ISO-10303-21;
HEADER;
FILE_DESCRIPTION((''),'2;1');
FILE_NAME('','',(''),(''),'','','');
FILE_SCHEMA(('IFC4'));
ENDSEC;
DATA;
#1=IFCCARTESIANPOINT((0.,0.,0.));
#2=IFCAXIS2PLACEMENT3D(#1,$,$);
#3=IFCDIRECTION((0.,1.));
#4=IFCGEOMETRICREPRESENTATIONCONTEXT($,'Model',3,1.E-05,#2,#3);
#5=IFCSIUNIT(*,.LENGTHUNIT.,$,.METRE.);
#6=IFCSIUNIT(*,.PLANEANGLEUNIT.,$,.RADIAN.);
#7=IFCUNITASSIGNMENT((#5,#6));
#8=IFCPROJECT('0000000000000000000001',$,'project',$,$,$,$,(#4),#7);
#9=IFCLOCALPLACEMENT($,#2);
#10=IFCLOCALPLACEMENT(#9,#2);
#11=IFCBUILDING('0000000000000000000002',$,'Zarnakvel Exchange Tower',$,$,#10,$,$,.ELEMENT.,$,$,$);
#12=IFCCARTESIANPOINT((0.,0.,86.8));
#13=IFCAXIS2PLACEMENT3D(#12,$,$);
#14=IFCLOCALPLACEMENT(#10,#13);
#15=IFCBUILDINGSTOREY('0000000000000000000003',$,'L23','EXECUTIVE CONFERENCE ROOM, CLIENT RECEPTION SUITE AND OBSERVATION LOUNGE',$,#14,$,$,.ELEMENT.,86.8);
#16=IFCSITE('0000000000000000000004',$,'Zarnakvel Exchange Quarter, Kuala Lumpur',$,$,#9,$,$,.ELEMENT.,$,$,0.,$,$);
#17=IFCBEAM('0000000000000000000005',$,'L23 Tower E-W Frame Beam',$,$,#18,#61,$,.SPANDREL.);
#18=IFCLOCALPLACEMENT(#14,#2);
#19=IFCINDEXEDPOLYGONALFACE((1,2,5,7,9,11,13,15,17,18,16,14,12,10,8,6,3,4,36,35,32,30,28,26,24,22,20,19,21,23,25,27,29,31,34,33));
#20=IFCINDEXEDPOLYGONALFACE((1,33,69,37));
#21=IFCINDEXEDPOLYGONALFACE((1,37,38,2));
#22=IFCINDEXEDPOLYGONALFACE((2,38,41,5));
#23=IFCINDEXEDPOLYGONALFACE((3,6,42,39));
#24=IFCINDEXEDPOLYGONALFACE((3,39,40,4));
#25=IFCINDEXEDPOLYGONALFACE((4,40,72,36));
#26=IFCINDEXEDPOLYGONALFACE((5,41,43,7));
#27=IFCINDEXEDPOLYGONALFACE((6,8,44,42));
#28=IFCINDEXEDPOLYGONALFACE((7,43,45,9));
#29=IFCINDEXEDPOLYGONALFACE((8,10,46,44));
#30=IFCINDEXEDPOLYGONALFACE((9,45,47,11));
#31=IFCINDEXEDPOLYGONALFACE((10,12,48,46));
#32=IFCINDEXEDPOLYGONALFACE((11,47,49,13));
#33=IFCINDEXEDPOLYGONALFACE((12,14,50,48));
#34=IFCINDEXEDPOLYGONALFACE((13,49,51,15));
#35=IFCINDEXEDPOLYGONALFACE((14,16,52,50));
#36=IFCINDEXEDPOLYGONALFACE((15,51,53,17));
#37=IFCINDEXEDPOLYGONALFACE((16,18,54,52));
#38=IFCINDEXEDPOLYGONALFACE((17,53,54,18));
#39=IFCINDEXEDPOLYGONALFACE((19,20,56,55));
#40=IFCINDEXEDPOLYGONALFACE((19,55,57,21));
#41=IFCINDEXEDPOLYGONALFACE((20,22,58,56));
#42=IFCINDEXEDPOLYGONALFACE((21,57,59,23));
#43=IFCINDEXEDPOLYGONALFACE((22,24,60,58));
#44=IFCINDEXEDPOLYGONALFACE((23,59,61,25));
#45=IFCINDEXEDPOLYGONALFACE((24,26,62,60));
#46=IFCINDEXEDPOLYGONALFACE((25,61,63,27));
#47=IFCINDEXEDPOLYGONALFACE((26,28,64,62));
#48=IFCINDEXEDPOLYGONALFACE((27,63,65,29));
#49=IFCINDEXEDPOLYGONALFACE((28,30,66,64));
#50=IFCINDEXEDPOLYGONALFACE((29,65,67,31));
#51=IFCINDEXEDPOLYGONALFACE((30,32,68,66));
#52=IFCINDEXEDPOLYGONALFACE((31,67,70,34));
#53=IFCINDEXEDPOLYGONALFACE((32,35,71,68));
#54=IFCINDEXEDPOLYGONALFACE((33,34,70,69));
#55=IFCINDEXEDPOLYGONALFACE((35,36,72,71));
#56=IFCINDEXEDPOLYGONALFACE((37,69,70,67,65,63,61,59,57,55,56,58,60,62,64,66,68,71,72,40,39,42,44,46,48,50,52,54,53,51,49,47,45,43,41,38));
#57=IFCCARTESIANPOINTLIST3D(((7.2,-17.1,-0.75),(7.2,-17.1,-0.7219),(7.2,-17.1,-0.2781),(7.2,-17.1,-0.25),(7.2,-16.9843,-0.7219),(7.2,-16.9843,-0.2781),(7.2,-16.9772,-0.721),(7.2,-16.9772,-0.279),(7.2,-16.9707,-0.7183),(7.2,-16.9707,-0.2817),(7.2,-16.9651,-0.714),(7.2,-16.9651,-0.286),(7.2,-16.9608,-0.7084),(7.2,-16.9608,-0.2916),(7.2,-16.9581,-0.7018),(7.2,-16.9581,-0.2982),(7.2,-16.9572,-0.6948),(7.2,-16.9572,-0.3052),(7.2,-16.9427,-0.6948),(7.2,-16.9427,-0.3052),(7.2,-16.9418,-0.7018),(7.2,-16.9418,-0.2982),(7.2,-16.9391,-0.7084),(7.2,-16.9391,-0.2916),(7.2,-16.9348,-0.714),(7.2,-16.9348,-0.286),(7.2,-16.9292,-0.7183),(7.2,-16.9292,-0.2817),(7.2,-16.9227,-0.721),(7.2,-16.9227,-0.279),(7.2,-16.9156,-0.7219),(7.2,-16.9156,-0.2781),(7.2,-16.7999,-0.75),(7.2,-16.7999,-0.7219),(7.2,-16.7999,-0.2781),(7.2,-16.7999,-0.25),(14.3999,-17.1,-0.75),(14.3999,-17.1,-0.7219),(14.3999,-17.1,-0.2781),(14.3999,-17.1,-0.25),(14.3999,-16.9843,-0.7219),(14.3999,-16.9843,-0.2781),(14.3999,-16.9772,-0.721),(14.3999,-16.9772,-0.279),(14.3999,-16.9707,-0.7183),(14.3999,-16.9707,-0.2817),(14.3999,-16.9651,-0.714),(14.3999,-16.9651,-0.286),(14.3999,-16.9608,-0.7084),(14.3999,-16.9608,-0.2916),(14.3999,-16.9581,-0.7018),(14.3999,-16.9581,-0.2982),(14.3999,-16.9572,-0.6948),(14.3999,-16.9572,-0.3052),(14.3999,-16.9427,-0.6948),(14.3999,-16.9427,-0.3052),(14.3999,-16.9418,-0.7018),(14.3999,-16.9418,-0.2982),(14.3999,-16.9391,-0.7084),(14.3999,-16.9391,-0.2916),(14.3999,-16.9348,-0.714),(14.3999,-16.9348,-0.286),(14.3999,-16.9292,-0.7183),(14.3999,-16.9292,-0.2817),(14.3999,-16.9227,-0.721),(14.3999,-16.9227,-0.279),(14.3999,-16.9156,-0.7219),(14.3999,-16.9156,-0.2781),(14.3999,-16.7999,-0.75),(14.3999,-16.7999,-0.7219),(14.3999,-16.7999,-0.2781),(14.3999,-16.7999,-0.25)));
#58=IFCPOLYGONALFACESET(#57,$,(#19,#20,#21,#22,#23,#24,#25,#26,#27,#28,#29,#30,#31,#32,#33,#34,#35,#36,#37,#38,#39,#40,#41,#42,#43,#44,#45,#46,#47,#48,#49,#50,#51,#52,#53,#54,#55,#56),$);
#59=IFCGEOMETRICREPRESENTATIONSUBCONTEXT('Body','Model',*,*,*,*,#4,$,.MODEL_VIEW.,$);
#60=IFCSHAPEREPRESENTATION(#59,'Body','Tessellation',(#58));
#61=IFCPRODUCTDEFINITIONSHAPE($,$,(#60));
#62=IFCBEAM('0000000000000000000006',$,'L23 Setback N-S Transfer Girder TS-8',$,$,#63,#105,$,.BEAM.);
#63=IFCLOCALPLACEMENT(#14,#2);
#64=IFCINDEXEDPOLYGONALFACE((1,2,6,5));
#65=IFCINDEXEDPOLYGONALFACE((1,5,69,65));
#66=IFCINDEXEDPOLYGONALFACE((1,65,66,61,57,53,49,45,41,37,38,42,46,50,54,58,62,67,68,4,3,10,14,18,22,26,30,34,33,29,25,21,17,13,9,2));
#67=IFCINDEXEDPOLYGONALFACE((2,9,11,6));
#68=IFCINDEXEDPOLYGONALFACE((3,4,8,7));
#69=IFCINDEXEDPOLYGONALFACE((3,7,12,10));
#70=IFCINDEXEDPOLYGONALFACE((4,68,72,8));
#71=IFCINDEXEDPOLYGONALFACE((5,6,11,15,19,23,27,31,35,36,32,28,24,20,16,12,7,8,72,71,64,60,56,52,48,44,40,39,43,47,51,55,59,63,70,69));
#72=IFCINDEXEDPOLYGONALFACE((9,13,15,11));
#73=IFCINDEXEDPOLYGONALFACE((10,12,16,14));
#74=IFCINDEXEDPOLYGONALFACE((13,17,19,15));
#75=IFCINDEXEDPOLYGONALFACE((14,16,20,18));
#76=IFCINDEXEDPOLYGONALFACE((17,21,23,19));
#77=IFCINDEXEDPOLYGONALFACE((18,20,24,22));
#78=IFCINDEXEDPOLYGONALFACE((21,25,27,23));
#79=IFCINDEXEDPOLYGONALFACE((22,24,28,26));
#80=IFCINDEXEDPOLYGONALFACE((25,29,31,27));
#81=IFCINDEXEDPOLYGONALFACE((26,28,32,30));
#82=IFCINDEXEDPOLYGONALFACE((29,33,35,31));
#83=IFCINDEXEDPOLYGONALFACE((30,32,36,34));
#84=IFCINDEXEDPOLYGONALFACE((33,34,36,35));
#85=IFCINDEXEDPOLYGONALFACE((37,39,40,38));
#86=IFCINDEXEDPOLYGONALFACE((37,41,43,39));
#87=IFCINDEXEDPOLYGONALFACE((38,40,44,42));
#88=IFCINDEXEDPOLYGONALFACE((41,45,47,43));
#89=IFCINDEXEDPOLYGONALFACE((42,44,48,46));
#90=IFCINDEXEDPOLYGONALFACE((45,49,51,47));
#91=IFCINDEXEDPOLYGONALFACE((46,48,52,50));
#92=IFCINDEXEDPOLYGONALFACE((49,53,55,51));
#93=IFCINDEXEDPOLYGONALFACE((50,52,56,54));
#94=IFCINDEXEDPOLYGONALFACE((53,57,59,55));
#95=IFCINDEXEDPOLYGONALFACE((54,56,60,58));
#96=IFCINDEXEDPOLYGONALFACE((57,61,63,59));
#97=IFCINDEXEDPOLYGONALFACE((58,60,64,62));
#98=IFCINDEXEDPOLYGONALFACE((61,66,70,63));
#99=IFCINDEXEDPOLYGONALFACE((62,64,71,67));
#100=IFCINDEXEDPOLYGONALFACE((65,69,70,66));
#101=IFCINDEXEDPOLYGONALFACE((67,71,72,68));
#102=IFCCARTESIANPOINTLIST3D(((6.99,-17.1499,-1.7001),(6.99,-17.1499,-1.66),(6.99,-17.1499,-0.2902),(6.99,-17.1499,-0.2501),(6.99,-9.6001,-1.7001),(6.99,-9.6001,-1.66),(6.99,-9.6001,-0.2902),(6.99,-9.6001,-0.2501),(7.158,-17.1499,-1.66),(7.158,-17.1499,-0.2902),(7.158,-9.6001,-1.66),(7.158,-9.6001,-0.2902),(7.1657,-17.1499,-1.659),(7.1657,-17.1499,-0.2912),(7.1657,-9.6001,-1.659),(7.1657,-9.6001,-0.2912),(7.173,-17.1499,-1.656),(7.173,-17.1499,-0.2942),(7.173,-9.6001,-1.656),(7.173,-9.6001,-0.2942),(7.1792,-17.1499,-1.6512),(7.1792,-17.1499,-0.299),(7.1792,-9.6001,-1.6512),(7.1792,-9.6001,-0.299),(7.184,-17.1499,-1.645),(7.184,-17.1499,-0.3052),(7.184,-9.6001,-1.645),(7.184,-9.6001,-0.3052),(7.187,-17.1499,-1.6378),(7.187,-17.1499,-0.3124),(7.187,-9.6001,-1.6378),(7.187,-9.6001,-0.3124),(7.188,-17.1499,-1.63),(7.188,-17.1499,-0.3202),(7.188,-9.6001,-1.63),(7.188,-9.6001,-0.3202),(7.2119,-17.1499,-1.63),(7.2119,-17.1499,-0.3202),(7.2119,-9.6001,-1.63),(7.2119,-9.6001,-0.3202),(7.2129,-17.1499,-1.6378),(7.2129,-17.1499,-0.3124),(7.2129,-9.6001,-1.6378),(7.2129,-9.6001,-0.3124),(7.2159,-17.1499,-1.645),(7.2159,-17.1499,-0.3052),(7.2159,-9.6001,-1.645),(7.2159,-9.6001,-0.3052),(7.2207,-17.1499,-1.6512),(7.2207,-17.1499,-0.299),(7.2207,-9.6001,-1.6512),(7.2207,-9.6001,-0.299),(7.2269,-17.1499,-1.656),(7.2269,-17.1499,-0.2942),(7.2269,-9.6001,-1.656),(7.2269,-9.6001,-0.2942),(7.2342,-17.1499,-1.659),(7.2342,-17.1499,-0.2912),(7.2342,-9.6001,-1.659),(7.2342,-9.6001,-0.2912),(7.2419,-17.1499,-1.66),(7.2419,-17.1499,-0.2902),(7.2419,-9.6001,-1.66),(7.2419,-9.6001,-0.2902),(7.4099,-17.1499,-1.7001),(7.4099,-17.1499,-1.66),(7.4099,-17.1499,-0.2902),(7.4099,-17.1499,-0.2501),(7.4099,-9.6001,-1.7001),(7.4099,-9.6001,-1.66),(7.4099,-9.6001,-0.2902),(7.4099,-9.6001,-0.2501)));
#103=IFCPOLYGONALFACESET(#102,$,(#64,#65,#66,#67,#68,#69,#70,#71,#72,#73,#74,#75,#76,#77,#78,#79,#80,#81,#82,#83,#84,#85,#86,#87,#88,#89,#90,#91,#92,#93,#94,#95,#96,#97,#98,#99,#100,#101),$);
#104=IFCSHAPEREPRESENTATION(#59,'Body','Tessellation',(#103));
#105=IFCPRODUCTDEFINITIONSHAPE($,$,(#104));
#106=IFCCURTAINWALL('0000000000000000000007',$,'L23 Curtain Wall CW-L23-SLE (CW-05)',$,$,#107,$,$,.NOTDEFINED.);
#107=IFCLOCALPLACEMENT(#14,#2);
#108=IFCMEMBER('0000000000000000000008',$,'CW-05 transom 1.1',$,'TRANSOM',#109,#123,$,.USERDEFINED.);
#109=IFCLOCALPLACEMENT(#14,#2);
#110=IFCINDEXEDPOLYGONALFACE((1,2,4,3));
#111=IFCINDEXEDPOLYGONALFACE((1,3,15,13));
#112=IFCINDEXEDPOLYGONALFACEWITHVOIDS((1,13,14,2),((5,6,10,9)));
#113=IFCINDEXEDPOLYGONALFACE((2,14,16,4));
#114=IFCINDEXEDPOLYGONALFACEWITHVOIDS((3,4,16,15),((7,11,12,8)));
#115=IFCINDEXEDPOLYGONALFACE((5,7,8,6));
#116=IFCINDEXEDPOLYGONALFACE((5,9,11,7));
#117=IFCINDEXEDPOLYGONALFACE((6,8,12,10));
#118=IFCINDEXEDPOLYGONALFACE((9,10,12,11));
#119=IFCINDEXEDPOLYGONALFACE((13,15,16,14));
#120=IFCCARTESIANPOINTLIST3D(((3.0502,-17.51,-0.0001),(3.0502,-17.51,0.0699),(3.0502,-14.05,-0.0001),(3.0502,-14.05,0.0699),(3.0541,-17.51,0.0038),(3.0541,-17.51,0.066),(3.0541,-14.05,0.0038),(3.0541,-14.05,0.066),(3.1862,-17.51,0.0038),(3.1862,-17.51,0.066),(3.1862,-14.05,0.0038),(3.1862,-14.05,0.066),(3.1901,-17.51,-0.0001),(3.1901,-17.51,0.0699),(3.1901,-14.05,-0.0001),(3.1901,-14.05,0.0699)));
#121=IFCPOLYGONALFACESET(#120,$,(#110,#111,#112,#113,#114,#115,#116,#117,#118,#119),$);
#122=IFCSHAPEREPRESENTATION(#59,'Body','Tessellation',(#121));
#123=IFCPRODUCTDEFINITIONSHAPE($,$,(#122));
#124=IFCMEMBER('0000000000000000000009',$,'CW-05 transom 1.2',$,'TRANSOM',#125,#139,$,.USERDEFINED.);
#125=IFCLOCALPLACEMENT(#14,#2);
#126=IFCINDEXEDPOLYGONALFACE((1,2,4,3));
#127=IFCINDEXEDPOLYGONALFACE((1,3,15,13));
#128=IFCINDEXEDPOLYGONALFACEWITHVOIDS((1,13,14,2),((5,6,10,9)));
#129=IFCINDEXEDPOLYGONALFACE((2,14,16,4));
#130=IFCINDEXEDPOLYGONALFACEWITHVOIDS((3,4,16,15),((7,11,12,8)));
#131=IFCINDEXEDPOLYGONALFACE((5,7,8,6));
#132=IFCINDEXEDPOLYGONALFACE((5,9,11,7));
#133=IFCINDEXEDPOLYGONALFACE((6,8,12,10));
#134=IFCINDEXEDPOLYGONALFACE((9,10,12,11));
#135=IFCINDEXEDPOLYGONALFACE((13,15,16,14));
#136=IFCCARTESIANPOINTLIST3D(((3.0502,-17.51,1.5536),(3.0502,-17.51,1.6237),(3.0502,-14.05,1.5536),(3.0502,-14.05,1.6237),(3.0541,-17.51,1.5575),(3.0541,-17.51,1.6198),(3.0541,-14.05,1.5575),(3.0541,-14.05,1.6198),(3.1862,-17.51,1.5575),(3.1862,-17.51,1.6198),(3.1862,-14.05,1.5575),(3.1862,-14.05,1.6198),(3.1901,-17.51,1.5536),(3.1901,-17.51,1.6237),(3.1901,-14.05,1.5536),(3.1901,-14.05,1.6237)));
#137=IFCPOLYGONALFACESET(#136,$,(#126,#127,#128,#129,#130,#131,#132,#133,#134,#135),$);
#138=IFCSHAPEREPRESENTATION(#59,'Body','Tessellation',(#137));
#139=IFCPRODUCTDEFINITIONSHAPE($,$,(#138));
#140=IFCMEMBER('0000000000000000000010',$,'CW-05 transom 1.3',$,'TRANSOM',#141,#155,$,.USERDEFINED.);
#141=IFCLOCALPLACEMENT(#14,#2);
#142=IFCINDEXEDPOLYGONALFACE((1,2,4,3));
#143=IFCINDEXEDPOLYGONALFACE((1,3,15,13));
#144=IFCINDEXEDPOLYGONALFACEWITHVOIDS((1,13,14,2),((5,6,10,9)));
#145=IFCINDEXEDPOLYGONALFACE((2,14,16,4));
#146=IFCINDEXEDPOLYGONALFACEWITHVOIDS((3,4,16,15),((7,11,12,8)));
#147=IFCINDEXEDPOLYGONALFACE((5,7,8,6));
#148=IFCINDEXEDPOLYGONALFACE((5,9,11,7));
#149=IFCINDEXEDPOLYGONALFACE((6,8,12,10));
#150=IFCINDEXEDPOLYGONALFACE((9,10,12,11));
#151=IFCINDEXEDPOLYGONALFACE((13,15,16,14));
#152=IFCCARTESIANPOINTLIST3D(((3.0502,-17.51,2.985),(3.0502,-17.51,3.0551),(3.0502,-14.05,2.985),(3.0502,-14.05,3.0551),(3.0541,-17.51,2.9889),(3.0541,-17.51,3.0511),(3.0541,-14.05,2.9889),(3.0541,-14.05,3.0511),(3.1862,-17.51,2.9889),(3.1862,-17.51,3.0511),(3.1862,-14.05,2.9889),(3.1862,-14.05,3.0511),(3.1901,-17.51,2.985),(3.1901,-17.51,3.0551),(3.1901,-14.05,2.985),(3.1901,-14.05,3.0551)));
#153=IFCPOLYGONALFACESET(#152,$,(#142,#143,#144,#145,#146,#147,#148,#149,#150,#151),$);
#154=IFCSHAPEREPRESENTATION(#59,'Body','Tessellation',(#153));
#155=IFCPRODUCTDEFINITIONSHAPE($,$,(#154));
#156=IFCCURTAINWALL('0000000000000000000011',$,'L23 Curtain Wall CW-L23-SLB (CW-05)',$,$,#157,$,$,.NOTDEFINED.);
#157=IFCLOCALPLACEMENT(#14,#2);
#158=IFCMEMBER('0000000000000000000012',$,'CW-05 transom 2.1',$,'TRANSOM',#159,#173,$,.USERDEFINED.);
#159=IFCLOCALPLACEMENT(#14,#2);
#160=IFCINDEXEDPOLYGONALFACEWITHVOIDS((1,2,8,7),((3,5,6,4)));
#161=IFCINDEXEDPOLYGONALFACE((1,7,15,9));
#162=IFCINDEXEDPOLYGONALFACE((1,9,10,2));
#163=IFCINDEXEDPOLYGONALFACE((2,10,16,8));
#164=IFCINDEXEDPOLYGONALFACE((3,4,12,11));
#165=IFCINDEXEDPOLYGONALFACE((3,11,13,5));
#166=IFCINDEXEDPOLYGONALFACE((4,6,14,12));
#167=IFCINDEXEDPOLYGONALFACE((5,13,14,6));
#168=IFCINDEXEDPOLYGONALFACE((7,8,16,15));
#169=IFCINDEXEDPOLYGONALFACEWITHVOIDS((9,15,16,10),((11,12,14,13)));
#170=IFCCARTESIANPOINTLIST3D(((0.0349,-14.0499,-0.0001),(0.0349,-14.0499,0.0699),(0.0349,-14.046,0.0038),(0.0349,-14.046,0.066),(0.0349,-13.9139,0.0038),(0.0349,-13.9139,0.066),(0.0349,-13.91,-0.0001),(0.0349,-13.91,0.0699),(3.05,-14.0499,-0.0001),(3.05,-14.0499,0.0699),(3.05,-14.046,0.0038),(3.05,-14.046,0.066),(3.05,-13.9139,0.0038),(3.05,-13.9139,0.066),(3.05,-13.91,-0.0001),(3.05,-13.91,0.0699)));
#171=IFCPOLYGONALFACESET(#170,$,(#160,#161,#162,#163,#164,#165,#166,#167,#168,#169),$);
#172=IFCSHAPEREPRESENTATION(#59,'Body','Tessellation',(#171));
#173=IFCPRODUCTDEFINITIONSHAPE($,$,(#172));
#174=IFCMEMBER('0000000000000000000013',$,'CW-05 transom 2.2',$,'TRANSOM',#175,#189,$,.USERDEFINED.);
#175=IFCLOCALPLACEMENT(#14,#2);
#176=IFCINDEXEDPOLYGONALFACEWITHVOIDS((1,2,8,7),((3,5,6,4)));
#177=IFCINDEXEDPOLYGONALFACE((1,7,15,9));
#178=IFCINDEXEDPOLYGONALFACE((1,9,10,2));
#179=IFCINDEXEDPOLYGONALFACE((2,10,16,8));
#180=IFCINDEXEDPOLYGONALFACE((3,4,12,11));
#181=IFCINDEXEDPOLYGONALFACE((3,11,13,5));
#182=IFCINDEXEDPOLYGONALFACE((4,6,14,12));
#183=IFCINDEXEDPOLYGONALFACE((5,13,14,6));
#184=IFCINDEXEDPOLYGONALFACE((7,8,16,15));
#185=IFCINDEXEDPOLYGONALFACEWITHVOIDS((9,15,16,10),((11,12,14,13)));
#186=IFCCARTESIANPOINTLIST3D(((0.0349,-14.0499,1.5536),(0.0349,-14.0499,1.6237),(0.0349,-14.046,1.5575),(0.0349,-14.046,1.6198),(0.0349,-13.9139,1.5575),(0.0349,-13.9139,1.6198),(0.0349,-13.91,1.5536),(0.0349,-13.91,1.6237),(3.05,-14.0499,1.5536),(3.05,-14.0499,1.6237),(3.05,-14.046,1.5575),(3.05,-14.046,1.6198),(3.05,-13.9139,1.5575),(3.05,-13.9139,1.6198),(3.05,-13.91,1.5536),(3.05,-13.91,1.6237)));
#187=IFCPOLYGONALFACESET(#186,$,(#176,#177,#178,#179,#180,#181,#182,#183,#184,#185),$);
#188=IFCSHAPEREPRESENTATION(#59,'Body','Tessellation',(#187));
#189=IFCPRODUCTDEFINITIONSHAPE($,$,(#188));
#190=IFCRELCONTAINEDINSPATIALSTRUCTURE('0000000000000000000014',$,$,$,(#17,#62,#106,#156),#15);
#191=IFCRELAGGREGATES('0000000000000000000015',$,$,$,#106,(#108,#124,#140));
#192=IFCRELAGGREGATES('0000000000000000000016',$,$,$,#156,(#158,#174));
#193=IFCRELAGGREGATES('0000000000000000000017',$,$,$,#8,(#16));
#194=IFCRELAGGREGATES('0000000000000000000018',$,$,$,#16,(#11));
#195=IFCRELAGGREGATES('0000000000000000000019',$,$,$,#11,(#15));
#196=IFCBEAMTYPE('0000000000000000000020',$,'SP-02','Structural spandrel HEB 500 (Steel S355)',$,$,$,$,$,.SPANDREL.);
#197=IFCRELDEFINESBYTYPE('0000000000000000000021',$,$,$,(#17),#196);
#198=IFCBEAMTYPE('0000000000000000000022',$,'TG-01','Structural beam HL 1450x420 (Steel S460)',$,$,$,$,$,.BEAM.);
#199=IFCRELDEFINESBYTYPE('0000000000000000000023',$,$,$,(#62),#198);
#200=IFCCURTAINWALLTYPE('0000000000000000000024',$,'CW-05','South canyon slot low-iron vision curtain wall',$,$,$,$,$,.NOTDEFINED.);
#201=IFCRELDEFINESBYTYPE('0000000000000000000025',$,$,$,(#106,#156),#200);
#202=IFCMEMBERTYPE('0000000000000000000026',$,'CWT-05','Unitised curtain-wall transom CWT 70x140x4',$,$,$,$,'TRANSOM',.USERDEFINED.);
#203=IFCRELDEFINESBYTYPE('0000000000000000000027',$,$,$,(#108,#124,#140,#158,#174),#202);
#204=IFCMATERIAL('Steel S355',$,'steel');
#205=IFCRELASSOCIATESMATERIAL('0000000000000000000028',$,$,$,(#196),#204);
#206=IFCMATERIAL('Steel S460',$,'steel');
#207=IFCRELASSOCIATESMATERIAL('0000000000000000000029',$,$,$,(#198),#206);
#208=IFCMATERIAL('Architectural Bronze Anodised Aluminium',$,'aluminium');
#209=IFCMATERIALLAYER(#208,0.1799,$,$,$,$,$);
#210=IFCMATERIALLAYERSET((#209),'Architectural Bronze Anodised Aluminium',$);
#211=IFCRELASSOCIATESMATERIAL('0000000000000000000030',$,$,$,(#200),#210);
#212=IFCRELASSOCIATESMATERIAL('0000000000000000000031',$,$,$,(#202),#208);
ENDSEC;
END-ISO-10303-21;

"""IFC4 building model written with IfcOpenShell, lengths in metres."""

from ifc_helpers import new_model, si_unit, direction, frame, origin, origin_2d, place, context, subcontext, project, spatial, hollow_rectangle, i_section, extrude, source, transform, mapped, material, layer, layer_set, material_profile, profile_set, type_object, element, aggregate, save


model = new_model("IFC4")

# Units and contexts
model_context = context("Model", 3, precision=1e-05, world=origin(), true_north=direction((0.0, 1.0)))
body_context = subcontext(model_context, "Body", "Model", "MODEL_VIEW")
ifc_project = project(units=[si_unit("LENGTHUNIT", "METRE"), si_unit("PLANEANGLEUNIT", "RADIAN")], contexts=[model_context])

# Site, building, storey
site_placement = place(None, origin())
site = spatial("IfcSite", under=ifc_project, at=site_placement, Name="Zarnakvel Exchange Quarter, Kuala Lumpur", CompositionType="ELEMENT", RefElevation=0.0)
building_placement = place(site_placement, origin())
building = spatial("IfcBuilding", under=site, at=building_placement, Name="Zarnakvel Exchange Tower", CompositionType="ELEMENT")
storey_placement = place(building_placement, frame((0.0, 0.0, 86.8)))
storey = spatial("IfcBuildingStorey", under=building, at=storey_placement, Name="L23", Description="EXECUTIVE CONFERENCE ROOM, CLIENT RECEPTION SUITE AND OBSERVATION LOUNGE", CompositionType="ELEMENT", Elevation=86.8)

# Beams
ifc_material_1 = material(Name="Steel S355", Category="steel")
ifc_material_profile_1 = material_profile(ifc_material_1, i_section(OverallWidth=0.3, OverallDepth=0.5, WebThickness=0.0144, FlangeThickness=0.0281, FilletRadius=0.0271, at=origin_2d()))
ifc_profile_set_1 = profile_set([ifc_material_profile_1], Name="Steel S355")
beam_type_1 = type_object("IfcBeamType", Name="SP-02", Description="Structural spandrel HEB 500 (Steel S355)", PredefinedType="SPANDREL", material=ifc_profile_set_1)
beam_1_placement = place(storey_placement, frame((7.2, -16.95, -0.5), z_axis=(1.0, 0.0, 0.0), x_axis=(0.0, 1.0, 0.0)))
element("IfcBeam", 1, at=beam_1_placement, inside=storey, type_object=beam_type_1, Name="L23 Tower E-W Frame Beam", PredefinedType="SPANDREL", context=body_context, shape_type="SweptSolid", body=[
    extrude(i_section(OverallWidth=0.3, OverallDepth=0.5, WebThickness=0.0144, FlangeThickness=0.0281, FilletRadius=0.0271, at=origin_2d()), origin(), (0.0, 0.0, 1.0), 7.2),
])
ifc_material_2 = material(Name="Steel S460", Category="steel")
ifc_material_profile_2 = material_profile(ifc_material_2, i_section(OverallWidth=0.4199, OverallDepth=1.45, WebThickness=0.0239, FlangeThickness=0.04, FilletRadius=0.03, at=origin_2d()))
ifc_profile_set_2 = profile_set([ifc_material_profile_2], Name="Steel S460")
beam_type_2 = type_object("IfcBeamType", Name="TG-01", Description="Structural beam HL 1450x420 (Steel S460)", PredefinedType="BEAM", material=ifc_profile_set_2)
beam_2_placement = place(storey_placement, frame((7.2, -17.1499, -0.9751), z_axis=(0.0, 1.0, 0.0), x_axis=(-1.0, 0.0, 0.0)))
element("IfcBeam", 2, at=beam_2_placement, inside=storey, type_object=beam_type_2, Name="L23 Setback N-S Transfer Girder TS-8", PredefinedType="BEAM", context=body_context, shape_type="SweptSolid", body=[
    extrude(i_section(OverallWidth=0.4199, OverallDepth=1.45, WebThickness=0.0239, FlangeThickness=0.04, FilletRadius=0.03, at=origin_2d()), origin(), (0.0, 0.0, 1.0), 7.5498),
])

# Curtain walls, members
ifc_material_3 = material(Name="Architectural Bronze Anodised Aluminium", Category="aluminium")
ifc_layer_1 = layer(ifc_material_3, 0.1799)
ifc_layer_set_1 = layer_set([ifc_layer_1], Name="Architectural Bronze Anodised Aluminium")
curtain_wall_type = type_object("IfcCurtainWallType", Name="CW-05", Description="South canyon slot low-iron vision curtain wall", PredefinedType="NOTDEFINED", material=ifc_layer_set_1)
curtain_wall_1_placement = place(storey_placement, origin())
curtain_wall_1 = element("IfcCurtainWall", 3, at=curtain_wall_1_placement, inside=storey, type_object=curtain_wall_type, Name="L23 Curtain Wall CW-L23-SLE (CW-05)", PredefinedType="NOTDEFINED")
ifc_material_profile_3 = material_profile(ifc_material_3, hollow_rectangle(XDim=0.1399, YDim=0.0701, WallThickness=0.0039, at=origin_2d()))
ifc_profile_set_3 = profile_set([ifc_material_profile_3], Name="Architectural Bronze Anodised Aluminium")
member_type_1 = type_object("IfcMemberType", Name="CWT-05", Description="Unitised curtain-wall transom CWT 70x140x4", ElementType="TRANSOM", PredefinedType="USERDEFINED", material=ifc_profile_set_3)
shared_shape_1 = source(origin(), body_context, "Body", "SweptSolid", [
    extrude(hollow_rectangle(XDim=0.1399, YDim=0.0701, WallThickness=0.0039, at=origin_2d()), origin(), (0.0, 0.0, 1.0), 3.46),
])
member_1_placement = place(storey_placement, frame((3.1201, -14.05, 0.0349), z_axis=(0.0, -1.0, 0.0), x_axis=(1.0, 0.0, 0.0)))
member_1 = element("IfcMember", 4, at=member_1_placement, type_object=member_type_1, Name="CW-05 transom 1.1", ObjectType="TRANSOM", PredefinedType="USERDEFINED", context=body_context, shape_type="MappedRepresentation", body=[
    mapped(shared_shape_1, transform((0.0, 0.0, 0.0), x_axis=(1.0, 0.0, 0.0), y_axis=(0.0, 1.0, 0.0), z_axis=(0.0, 0.0, 1.0), scale=1.0)),
])
member_2_placement = place(storey_placement, frame((3.1201, -14.05, 1.5886), z_axis=(0.0, -1.0, 0.0), x_axis=(1.0, 0.0, 0.0)))
member_2 = element("IfcMember", 5, at=member_2_placement, type_object=member_type_1, Name="CW-05 transom 1.2", ObjectType="TRANSOM", PredefinedType="USERDEFINED", context=body_context, shape_type="MappedRepresentation", body=[
    mapped(shared_shape_1, transform((0.0, 0.0, 0.0), x_axis=(1.0, 0.0, 0.0), y_axis=(0.0, 1.0, 0.0), z_axis=(0.0, 0.0, 1.0), scale=1.0)),
])
member_3_placement = place(storey_placement, frame((3.1201, -14.05, 3.02), z_axis=(0.0, -1.0, 0.0), x_axis=(1.0, 0.0, 0.0)))
member_3 = element("IfcMember", 6, at=member_3_placement, type_object=member_type_1, Name="CW-05 transom 1.3", ObjectType="TRANSOM", PredefinedType="USERDEFINED", context=body_context, shape_type="MappedRepresentation", body=[
    mapped(shared_shape_1, transform((0.0, 0.0, 0.0), x_axis=(1.0, 0.0, 0.0), y_axis=(0.0, 1.0, 0.0), z_axis=(0.0, 0.0, 1.0), scale=1.0)),
])
curtain_wall_2_placement = place(storey_placement, origin())
curtain_wall_2 = element("IfcCurtainWall", 7, at=curtain_wall_2_placement, inside=storey, type_object=curtain_wall_type, Name="L23 Curtain Wall CW-L23-SLB (CW-05)", PredefinedType="NOTDEFINED")
shared_shape_2 = source(origin(), body_context, "Body", "SweptSolid", [
    extrude(hollow_rectangle(XDim=0.1399, YDim=0.0701, WallThickness=0.0039, at=origin_2d()), origin(), (0.0, 0.0, 1.0), 3.0151),
])
member_4_placement = place(storey_placement, frame((0.0349, -13.98, 0.0349), z_axis=(1.0, 0.0, 0.0), x_axis=(0.0, 1.0, 0.0)))
member_4 = element("IfcMember", 8, at=member_4_placement, type_object=member_type_1, Name="CW-05 transom 2.1", ObjectType="TRANSOM", PredefinedType="USERDEFINED", context=body_context, shape_type="MappedRepresentation", body=[
    mapped(shared_shape_2, transform((0.0, 0.0, 0.0), x_axis=(1.0, 0.0, 0.0), y_axis=(0.0, 1.0, 0.0), z_axis=(0.0, 0.0, 1.0), scale=1.0)),
])
member_5_placement = place(storey_placement, frame((0.0349, -13.98, 1.5886), z_axis=(1.0, 0.0, 0.0), x_axis=(0.0, 1.0, 0.0)))
member_5 = element("IfcMember", 9, at=member_5_placement, type_object=member_type_1, Name="CW-05 transom 2.2", ObjectType="TRANSOM", PredefinedType="USERDEFINED", context=body_context, shape_type="MappedRepresentation", body=[
    mapped(shared_shape_2, transform((0.0, 0.0, 0.0), x_axis=(1.0, 0.0, 0.0), y_axis=(0.0, 1.0, 0.0), z_axis=(0.0, 0.0, 1.0), scale=1.0)),
])

aggregate(curtain_wall_1, [member_1, member_2, member_3])
aggregate(curtain_wall_2, [member_4, member_5])

save(model, "model.ifc")
